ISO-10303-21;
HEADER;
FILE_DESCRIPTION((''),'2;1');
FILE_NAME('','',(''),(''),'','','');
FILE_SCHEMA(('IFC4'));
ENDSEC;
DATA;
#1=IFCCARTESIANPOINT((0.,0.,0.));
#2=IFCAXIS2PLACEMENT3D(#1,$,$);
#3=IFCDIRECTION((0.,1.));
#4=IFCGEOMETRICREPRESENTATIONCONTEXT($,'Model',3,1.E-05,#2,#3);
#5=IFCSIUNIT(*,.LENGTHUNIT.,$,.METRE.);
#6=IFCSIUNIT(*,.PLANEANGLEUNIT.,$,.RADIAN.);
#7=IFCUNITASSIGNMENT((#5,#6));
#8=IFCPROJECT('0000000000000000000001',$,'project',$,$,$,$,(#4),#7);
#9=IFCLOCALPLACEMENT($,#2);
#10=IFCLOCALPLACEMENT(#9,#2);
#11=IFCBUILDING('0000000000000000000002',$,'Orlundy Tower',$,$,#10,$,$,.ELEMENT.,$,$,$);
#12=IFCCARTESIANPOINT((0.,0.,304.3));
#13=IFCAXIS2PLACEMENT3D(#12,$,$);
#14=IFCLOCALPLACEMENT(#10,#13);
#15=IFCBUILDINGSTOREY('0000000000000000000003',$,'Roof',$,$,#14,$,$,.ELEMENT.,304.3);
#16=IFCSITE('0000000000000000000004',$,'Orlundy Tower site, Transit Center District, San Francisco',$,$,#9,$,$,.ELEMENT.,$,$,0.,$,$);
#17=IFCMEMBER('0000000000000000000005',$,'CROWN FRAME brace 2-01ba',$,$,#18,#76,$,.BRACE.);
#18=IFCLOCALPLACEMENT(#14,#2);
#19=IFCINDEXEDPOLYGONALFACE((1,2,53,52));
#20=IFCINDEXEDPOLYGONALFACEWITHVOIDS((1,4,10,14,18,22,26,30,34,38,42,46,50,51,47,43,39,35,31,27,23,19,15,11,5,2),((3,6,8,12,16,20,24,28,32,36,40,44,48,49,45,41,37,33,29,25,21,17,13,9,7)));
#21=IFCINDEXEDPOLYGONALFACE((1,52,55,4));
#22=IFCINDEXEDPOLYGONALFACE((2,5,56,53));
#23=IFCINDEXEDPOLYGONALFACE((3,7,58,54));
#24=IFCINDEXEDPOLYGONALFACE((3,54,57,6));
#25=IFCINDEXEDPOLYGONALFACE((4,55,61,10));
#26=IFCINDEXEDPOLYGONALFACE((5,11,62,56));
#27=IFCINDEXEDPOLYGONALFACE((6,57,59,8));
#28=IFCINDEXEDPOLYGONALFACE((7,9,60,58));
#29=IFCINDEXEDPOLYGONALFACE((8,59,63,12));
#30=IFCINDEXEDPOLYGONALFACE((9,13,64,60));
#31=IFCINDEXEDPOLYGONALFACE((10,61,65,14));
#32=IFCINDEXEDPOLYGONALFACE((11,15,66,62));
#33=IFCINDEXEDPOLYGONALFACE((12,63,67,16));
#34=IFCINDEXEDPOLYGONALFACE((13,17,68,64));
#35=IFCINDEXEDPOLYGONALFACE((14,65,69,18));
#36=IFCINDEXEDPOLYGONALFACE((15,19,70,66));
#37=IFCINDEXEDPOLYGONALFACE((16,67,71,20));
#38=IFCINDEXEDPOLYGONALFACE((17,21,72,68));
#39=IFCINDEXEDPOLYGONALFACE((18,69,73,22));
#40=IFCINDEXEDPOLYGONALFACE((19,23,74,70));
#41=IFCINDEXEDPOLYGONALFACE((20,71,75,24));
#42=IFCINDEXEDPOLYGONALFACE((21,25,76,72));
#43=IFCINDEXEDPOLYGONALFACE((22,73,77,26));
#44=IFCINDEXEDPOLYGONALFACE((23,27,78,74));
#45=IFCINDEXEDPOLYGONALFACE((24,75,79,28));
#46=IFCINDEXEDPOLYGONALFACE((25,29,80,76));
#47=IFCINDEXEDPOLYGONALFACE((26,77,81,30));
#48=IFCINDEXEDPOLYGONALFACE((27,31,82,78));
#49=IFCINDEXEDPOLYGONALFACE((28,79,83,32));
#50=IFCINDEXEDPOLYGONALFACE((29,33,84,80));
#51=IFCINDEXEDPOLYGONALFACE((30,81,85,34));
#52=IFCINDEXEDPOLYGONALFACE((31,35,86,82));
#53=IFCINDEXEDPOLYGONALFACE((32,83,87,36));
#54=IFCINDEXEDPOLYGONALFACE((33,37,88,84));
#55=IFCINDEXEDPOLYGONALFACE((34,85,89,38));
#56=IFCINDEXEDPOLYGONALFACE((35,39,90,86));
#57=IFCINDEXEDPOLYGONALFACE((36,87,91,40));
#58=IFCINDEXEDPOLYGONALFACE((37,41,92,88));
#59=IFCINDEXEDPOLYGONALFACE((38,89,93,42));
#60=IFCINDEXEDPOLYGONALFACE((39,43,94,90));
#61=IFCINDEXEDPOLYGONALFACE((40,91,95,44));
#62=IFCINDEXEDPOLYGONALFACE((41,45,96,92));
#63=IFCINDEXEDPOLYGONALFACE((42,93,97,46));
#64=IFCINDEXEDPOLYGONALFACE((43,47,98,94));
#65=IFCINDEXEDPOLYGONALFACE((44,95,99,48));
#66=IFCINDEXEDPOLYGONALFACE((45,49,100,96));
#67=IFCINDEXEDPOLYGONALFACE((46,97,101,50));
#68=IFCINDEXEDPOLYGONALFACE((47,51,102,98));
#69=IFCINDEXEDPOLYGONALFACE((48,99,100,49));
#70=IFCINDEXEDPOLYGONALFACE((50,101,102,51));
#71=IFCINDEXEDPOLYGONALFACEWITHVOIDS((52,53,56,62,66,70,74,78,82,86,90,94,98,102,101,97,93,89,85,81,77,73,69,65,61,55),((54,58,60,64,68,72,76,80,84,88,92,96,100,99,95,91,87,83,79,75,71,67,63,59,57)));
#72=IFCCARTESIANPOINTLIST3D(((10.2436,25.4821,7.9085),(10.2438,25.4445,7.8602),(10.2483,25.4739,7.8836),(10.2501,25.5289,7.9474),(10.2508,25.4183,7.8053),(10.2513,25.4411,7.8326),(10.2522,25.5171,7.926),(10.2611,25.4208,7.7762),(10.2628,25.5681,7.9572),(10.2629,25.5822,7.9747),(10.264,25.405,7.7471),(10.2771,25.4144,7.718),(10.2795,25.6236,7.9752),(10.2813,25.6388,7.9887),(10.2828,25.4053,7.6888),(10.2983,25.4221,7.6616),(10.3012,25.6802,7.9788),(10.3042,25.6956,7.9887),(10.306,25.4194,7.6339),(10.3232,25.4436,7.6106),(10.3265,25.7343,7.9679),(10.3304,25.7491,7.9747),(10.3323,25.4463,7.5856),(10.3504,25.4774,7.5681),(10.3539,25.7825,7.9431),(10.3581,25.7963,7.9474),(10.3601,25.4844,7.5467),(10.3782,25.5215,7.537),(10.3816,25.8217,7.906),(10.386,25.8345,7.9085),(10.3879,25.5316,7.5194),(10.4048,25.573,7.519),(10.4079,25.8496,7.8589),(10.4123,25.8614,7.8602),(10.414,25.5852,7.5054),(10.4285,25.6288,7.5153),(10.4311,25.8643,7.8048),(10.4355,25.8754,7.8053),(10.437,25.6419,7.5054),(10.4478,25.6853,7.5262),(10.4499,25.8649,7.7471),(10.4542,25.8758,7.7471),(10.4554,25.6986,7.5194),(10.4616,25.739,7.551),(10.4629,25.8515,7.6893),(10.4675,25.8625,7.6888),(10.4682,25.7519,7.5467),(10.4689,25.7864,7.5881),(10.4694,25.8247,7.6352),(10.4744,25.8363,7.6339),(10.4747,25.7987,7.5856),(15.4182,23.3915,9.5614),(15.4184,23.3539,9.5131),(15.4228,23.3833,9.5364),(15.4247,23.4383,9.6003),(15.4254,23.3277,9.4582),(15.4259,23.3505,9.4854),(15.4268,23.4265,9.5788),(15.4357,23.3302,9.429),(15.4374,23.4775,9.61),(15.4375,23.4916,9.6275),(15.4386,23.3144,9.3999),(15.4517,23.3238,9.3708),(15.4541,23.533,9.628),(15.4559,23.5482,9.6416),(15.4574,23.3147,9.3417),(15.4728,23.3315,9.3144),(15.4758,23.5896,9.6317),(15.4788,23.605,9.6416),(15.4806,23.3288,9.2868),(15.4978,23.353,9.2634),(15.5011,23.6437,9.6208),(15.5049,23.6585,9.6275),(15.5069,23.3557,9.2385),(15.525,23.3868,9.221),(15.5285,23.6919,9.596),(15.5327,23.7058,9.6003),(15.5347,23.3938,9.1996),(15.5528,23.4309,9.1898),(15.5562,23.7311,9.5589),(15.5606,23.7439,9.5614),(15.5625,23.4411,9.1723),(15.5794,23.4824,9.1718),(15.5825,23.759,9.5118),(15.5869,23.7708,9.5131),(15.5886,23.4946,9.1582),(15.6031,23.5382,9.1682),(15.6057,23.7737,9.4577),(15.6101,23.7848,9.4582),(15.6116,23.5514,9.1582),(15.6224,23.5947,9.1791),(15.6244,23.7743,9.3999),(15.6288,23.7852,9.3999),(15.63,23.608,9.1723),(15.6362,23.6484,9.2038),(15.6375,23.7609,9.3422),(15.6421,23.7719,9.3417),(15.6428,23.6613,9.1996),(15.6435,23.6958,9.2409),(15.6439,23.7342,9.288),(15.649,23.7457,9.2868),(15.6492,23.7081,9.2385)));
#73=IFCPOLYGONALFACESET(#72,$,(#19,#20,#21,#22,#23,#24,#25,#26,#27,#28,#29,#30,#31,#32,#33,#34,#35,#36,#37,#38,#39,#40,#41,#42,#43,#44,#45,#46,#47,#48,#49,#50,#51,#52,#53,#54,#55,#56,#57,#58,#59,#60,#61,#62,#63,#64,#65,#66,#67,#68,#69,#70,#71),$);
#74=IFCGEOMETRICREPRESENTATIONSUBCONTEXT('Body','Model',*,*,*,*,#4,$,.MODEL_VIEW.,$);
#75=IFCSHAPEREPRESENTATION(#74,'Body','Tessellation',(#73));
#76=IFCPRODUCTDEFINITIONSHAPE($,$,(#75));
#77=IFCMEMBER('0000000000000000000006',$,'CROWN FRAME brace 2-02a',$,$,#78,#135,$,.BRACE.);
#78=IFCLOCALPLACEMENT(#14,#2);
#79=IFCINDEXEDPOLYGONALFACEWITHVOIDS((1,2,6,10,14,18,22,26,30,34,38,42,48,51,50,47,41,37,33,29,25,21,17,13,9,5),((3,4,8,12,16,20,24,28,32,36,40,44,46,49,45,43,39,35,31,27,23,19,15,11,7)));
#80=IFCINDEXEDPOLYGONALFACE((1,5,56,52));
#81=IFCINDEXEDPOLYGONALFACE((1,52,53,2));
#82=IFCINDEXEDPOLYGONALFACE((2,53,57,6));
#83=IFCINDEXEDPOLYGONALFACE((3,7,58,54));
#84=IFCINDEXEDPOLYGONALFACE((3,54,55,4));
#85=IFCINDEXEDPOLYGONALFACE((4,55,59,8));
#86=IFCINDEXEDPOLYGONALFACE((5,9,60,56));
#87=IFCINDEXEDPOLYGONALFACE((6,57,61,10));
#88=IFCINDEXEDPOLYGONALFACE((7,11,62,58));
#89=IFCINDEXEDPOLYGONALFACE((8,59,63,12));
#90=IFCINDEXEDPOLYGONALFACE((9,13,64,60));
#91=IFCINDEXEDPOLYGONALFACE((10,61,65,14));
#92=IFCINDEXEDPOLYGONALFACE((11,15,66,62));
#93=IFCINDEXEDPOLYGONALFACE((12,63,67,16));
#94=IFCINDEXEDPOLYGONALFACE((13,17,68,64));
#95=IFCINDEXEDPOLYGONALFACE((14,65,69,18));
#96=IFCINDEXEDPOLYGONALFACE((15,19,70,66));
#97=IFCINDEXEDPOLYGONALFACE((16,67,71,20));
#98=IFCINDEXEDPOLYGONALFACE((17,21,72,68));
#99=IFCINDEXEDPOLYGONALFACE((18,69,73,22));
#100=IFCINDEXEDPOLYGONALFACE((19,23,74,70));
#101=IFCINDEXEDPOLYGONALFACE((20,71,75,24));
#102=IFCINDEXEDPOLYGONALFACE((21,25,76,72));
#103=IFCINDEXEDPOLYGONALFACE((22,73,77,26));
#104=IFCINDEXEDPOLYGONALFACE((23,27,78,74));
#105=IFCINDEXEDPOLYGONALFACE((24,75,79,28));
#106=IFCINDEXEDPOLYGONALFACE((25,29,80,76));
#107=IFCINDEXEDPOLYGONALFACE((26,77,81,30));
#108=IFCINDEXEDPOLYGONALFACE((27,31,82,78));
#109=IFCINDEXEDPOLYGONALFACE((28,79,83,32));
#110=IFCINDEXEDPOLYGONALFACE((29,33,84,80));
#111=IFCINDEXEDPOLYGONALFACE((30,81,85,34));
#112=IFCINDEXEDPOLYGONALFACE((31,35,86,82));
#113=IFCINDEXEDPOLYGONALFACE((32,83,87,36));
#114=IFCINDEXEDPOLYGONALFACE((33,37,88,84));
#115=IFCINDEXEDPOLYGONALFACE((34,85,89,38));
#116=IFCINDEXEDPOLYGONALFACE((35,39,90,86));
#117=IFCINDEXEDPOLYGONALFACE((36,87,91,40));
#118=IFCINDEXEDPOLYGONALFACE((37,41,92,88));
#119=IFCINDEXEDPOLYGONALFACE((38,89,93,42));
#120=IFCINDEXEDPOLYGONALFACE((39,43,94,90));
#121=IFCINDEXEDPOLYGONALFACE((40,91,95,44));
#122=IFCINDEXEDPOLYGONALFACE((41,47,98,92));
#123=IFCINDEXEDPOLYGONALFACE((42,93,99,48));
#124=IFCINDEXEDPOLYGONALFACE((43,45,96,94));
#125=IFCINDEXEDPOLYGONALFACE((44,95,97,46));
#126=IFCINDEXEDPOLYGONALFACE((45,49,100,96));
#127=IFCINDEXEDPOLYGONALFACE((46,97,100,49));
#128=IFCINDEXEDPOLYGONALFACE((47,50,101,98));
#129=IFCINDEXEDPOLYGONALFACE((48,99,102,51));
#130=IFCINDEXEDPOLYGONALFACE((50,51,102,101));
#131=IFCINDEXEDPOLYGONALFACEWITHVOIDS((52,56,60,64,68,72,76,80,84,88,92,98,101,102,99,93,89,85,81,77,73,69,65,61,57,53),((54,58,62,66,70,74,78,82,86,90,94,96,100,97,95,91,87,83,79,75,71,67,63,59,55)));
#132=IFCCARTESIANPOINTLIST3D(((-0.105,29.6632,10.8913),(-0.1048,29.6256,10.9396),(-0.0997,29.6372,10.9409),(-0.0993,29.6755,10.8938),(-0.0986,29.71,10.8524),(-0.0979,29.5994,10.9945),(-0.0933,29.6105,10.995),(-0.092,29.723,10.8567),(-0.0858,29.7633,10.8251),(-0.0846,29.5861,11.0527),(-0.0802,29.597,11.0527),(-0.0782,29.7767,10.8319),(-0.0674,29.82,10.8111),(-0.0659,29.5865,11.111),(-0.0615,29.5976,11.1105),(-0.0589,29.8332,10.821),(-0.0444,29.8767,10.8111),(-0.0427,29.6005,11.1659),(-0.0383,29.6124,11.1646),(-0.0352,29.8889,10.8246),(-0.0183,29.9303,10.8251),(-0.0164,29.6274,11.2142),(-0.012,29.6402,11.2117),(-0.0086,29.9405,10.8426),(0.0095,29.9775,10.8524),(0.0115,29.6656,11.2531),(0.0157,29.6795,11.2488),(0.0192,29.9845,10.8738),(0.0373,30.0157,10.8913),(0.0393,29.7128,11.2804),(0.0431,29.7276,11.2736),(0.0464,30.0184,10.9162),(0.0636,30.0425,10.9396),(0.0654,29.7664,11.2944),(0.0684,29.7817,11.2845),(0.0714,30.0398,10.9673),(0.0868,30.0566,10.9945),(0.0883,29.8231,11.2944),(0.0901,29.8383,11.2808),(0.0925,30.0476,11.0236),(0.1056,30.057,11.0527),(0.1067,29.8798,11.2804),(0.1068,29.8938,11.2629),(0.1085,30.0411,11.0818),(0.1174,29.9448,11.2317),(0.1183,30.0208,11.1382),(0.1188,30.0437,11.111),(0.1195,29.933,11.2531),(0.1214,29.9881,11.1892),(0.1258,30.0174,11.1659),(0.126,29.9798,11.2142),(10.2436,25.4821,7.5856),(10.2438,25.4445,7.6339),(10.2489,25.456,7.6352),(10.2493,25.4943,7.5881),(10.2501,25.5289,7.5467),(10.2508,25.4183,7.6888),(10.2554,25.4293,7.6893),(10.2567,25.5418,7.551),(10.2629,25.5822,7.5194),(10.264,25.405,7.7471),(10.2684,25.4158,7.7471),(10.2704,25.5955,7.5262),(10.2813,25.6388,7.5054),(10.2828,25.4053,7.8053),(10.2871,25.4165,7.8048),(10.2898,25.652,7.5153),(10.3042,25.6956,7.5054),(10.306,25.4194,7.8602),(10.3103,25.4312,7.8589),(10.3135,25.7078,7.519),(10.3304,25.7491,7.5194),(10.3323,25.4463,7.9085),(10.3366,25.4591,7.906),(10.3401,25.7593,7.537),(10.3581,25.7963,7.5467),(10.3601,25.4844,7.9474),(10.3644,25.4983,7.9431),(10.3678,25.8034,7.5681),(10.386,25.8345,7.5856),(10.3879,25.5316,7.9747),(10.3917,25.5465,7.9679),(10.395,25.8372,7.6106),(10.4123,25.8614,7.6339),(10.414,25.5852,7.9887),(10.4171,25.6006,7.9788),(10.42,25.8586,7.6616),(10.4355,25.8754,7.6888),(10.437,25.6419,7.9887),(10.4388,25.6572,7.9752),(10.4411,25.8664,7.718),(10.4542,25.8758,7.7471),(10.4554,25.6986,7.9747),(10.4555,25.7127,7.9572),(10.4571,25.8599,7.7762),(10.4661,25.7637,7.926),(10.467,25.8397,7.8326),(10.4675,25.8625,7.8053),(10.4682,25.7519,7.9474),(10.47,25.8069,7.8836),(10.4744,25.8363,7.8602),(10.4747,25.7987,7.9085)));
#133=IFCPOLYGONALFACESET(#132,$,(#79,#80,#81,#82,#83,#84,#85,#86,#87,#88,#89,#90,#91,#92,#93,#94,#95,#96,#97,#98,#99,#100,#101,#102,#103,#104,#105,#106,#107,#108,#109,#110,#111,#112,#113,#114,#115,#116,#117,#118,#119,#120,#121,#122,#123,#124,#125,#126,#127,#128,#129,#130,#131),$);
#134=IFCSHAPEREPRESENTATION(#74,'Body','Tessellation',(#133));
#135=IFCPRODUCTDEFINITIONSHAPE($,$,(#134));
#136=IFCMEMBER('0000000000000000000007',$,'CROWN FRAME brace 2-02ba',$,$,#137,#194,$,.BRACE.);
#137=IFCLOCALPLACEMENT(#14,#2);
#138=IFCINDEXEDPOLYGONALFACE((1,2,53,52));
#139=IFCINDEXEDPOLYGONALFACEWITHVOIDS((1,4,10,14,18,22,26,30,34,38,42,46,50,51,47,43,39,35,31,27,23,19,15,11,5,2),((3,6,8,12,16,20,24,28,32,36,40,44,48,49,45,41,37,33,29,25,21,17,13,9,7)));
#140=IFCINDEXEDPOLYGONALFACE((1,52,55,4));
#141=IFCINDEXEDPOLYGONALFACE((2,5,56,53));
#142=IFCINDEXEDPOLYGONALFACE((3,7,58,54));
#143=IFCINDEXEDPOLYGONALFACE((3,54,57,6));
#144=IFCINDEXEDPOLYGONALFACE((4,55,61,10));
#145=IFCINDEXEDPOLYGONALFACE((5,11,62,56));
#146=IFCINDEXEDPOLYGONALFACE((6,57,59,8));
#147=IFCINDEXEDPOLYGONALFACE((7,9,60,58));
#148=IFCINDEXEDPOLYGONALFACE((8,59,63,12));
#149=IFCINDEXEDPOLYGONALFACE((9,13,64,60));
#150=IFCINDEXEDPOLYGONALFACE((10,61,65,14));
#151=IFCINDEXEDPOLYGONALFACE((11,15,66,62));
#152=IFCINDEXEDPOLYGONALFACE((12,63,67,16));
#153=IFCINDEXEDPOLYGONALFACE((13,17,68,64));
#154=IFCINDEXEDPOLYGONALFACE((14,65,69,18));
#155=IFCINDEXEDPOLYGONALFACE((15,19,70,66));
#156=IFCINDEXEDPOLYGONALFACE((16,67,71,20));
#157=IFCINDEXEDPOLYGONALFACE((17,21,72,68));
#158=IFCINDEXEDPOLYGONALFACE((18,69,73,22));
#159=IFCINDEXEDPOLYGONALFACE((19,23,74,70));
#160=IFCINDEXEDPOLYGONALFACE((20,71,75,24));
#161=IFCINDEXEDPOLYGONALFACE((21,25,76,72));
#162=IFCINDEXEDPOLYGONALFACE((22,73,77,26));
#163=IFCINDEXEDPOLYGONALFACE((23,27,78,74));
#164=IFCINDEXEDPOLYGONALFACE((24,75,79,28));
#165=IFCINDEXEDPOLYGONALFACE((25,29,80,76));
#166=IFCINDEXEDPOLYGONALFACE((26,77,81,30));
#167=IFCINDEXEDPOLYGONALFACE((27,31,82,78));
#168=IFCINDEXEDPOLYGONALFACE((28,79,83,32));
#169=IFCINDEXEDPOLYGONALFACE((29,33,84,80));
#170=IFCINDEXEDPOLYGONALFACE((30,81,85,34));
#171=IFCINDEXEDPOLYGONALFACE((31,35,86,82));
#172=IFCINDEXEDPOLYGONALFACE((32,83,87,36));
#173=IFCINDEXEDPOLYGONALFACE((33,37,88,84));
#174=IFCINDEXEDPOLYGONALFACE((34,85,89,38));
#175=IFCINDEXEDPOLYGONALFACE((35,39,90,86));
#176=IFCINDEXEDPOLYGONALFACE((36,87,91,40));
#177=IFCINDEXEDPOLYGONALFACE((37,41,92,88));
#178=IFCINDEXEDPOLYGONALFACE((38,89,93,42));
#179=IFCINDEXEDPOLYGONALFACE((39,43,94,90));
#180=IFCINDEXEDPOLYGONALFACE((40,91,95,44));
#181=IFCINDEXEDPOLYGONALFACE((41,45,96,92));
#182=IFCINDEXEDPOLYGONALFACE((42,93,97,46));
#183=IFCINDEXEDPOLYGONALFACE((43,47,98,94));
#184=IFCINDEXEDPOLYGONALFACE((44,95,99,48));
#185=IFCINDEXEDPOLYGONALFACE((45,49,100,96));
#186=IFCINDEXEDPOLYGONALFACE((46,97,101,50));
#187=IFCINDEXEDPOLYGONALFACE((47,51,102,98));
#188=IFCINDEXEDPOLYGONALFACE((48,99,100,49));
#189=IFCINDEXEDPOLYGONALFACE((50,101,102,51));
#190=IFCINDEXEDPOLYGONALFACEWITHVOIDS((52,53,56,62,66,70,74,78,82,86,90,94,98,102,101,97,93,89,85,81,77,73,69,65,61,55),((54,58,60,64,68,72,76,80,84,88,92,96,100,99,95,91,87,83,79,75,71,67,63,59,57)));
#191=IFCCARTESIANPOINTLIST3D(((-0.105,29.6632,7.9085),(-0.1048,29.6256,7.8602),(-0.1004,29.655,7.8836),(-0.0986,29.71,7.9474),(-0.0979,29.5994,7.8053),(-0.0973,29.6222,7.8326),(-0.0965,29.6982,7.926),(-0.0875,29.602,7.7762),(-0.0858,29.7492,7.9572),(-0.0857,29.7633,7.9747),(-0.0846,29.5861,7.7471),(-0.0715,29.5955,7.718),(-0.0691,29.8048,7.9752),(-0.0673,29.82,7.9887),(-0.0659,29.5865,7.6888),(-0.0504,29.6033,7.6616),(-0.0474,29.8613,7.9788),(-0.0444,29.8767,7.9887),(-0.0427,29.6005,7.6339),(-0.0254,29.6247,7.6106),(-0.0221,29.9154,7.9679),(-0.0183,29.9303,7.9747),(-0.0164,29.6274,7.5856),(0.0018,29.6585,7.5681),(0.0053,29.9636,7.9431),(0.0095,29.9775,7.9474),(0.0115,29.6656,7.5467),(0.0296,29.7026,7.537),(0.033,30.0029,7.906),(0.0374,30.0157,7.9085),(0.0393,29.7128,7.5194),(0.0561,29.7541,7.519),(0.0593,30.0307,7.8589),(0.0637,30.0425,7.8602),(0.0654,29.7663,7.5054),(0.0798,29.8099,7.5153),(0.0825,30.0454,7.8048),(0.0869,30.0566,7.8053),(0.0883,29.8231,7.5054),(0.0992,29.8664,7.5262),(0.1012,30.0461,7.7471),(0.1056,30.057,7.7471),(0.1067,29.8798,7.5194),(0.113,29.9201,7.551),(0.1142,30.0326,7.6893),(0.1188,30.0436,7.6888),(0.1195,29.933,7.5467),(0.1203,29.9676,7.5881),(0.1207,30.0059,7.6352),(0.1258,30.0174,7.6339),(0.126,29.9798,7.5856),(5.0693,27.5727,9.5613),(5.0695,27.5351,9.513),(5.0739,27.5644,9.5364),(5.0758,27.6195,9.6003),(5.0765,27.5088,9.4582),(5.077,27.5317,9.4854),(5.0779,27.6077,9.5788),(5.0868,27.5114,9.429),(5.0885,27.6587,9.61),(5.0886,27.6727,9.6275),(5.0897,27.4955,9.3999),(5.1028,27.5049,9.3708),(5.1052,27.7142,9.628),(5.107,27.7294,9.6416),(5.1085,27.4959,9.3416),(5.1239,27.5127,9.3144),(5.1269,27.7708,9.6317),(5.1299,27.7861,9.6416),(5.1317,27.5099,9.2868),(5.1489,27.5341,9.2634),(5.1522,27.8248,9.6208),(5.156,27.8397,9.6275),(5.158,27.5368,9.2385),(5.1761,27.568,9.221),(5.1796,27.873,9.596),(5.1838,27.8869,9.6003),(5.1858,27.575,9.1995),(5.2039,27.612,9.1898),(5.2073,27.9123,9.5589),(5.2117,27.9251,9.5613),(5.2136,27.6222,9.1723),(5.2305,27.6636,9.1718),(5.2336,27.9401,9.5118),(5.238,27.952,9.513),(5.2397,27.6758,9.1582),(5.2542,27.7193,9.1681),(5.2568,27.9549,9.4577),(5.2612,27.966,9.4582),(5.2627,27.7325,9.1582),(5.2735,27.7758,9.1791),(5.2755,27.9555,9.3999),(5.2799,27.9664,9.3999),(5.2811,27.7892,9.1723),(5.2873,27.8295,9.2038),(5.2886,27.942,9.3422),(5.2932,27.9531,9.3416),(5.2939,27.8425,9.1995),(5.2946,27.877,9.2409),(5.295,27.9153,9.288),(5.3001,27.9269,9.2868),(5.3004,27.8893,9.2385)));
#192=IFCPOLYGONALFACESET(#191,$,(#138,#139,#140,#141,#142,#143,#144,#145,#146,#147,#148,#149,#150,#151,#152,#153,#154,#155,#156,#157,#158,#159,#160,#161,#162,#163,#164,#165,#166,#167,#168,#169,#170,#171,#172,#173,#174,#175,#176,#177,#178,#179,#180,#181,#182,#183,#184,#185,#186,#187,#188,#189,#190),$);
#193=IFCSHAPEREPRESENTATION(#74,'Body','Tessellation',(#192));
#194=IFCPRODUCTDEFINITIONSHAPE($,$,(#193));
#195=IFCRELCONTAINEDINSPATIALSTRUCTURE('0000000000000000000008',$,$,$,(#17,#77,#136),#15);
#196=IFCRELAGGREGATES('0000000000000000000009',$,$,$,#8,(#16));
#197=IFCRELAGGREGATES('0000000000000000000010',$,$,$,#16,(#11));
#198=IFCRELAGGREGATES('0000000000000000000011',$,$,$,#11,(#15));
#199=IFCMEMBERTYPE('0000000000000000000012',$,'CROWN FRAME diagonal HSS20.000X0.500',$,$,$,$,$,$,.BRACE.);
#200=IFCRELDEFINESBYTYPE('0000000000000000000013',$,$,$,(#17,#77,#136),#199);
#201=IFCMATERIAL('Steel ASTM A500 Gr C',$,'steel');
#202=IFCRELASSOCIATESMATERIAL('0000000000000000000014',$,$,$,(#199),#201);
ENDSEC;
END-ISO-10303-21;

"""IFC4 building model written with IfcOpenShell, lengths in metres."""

from ifc_helpers import new_model, si_unit, direction, frame, origin, origin_2d, place, context, subcontext, project, spatial, hollow_circle, extrude, material, material_profile, profile_set, type_object, element, save


model = new_model("IFC4")

# Units and contexts
model_context = context("Model", 3, precision=1e-05, world=origin(), true_north=direction((0.0, 1.0)))
body_context = subcontext(model_context, "Body", "Model", "MODEL_VIEW")
ifc_project = project(units=[si_unit("LENGTHUNIT", "METRE"), si_unit("PLANEANGLEUNIT", "RADIAN")], contexts=[model_context])

# Site, building, storey
site_placement = place(None, origin())
site = spatial("IfcSite", under=ifc_project, at=site_placement, Name="Orlundy Tower site, Transit Center District, San Francisco", CompositionType="ELEMENT", RefElevation=0.0)
building_placement = place(site_placement, origin())
building = spatial("IfcBuilding", under=site, at=building_placement, Name="Orlundy Tower", CompositionType="ELEMENT")
storey_placement = place(building_placement, frame((0.0, 0.0, 304.3)))
storey = spatial("IfcBuildingStorey", under=building, at=storey_placement, Name="Roof", CompositionType="ELEMENT", Elevation=304.3)

# Members
ifc_material_1 = material(Name="Steel ASTM A500 Gr C", Category="steel")
ifc_material_profile_1 = material_profile(ifc_material_1, hollow_circle(Radius=0.2539, WallThickness=0.0117, at=origin_2d()), Name="HSS20.000X0.500")
ifc_profile_set_1 = profile_set([ifc_material_profile_1], Name="Steel ASTM A500 Gr C")
member_type_1 = type_object("IfcMemberType", Name="CROWN FRAME diagonal HSS20.000X0.500", PredefinedType="BRACE", material=ifc_profile_set_1)
member_1_placement = place(storey_placement, frame((10.3591, 25.6404, 7.7471), z_axis=(0.88902, -0.359174, 0.283966), x_axis=(0.374594, 0.927189, 0.0)))
element("IfcMember", 1, at=member_1_placement, inside=storey, type_object=member_type_1, Name="CROWN FRAME brace 2-01ba", PredefinedType="BRACE", context=body_context, shape_type="SweptSolid", body=[
    extrude(hollow_circle(Radius=0.2539, WallThickness=0.0117, at=origin_2d()), origin(), (0.0, 0.0, 1.0), 5.8206),
])
member_2_placement = place(storey_placement, frame((10.3591, 25.6404, 7.7471), z_axis=(-0.889012, 0.359187, 0.283977), x_axis=(-0.374609, -0.927183, 0.0)))
element("IfcMember", 2, at=member_2_placement, inside=storey, type_object=member_type_1, Name="CROWN FRAME brace 2-02a", PredefinedType="BRACE", context=body_context, shape_type="SweptSolid", body=[
    extrude(hollow_circle(Radius=0.2539, WallThickness=0.0117, at=origin_2d()), origin(), (0.0, 0.0, 1.0), 11.6406),
])
for number, where, z_axis, x_axis, name in (
    (3, (0.0105, 29.8215, 7.7471), (0.889012, -0.359187, 0.283977), (0.374609, 0.927183, 0.0), "CROWN FRAME brace 2-02ba"),
):
    element("IfcMember", number, at=place(storey_placement, frame(where, z_axis=z_axis, x_axis=x_axis)), inside=storey, type_object=member_type_1, Name=name, PredefinedType="BRACE", context=body_context, shape_type="SweptSolid", body=[
        extrude(hollow_circle(Radius=0.2539, WallThickness=0.0117, at=origin_2d()), origin(), (0.0, 0.0, 1.0), 5.8203),
    ])

save(model, "model.ifc")
